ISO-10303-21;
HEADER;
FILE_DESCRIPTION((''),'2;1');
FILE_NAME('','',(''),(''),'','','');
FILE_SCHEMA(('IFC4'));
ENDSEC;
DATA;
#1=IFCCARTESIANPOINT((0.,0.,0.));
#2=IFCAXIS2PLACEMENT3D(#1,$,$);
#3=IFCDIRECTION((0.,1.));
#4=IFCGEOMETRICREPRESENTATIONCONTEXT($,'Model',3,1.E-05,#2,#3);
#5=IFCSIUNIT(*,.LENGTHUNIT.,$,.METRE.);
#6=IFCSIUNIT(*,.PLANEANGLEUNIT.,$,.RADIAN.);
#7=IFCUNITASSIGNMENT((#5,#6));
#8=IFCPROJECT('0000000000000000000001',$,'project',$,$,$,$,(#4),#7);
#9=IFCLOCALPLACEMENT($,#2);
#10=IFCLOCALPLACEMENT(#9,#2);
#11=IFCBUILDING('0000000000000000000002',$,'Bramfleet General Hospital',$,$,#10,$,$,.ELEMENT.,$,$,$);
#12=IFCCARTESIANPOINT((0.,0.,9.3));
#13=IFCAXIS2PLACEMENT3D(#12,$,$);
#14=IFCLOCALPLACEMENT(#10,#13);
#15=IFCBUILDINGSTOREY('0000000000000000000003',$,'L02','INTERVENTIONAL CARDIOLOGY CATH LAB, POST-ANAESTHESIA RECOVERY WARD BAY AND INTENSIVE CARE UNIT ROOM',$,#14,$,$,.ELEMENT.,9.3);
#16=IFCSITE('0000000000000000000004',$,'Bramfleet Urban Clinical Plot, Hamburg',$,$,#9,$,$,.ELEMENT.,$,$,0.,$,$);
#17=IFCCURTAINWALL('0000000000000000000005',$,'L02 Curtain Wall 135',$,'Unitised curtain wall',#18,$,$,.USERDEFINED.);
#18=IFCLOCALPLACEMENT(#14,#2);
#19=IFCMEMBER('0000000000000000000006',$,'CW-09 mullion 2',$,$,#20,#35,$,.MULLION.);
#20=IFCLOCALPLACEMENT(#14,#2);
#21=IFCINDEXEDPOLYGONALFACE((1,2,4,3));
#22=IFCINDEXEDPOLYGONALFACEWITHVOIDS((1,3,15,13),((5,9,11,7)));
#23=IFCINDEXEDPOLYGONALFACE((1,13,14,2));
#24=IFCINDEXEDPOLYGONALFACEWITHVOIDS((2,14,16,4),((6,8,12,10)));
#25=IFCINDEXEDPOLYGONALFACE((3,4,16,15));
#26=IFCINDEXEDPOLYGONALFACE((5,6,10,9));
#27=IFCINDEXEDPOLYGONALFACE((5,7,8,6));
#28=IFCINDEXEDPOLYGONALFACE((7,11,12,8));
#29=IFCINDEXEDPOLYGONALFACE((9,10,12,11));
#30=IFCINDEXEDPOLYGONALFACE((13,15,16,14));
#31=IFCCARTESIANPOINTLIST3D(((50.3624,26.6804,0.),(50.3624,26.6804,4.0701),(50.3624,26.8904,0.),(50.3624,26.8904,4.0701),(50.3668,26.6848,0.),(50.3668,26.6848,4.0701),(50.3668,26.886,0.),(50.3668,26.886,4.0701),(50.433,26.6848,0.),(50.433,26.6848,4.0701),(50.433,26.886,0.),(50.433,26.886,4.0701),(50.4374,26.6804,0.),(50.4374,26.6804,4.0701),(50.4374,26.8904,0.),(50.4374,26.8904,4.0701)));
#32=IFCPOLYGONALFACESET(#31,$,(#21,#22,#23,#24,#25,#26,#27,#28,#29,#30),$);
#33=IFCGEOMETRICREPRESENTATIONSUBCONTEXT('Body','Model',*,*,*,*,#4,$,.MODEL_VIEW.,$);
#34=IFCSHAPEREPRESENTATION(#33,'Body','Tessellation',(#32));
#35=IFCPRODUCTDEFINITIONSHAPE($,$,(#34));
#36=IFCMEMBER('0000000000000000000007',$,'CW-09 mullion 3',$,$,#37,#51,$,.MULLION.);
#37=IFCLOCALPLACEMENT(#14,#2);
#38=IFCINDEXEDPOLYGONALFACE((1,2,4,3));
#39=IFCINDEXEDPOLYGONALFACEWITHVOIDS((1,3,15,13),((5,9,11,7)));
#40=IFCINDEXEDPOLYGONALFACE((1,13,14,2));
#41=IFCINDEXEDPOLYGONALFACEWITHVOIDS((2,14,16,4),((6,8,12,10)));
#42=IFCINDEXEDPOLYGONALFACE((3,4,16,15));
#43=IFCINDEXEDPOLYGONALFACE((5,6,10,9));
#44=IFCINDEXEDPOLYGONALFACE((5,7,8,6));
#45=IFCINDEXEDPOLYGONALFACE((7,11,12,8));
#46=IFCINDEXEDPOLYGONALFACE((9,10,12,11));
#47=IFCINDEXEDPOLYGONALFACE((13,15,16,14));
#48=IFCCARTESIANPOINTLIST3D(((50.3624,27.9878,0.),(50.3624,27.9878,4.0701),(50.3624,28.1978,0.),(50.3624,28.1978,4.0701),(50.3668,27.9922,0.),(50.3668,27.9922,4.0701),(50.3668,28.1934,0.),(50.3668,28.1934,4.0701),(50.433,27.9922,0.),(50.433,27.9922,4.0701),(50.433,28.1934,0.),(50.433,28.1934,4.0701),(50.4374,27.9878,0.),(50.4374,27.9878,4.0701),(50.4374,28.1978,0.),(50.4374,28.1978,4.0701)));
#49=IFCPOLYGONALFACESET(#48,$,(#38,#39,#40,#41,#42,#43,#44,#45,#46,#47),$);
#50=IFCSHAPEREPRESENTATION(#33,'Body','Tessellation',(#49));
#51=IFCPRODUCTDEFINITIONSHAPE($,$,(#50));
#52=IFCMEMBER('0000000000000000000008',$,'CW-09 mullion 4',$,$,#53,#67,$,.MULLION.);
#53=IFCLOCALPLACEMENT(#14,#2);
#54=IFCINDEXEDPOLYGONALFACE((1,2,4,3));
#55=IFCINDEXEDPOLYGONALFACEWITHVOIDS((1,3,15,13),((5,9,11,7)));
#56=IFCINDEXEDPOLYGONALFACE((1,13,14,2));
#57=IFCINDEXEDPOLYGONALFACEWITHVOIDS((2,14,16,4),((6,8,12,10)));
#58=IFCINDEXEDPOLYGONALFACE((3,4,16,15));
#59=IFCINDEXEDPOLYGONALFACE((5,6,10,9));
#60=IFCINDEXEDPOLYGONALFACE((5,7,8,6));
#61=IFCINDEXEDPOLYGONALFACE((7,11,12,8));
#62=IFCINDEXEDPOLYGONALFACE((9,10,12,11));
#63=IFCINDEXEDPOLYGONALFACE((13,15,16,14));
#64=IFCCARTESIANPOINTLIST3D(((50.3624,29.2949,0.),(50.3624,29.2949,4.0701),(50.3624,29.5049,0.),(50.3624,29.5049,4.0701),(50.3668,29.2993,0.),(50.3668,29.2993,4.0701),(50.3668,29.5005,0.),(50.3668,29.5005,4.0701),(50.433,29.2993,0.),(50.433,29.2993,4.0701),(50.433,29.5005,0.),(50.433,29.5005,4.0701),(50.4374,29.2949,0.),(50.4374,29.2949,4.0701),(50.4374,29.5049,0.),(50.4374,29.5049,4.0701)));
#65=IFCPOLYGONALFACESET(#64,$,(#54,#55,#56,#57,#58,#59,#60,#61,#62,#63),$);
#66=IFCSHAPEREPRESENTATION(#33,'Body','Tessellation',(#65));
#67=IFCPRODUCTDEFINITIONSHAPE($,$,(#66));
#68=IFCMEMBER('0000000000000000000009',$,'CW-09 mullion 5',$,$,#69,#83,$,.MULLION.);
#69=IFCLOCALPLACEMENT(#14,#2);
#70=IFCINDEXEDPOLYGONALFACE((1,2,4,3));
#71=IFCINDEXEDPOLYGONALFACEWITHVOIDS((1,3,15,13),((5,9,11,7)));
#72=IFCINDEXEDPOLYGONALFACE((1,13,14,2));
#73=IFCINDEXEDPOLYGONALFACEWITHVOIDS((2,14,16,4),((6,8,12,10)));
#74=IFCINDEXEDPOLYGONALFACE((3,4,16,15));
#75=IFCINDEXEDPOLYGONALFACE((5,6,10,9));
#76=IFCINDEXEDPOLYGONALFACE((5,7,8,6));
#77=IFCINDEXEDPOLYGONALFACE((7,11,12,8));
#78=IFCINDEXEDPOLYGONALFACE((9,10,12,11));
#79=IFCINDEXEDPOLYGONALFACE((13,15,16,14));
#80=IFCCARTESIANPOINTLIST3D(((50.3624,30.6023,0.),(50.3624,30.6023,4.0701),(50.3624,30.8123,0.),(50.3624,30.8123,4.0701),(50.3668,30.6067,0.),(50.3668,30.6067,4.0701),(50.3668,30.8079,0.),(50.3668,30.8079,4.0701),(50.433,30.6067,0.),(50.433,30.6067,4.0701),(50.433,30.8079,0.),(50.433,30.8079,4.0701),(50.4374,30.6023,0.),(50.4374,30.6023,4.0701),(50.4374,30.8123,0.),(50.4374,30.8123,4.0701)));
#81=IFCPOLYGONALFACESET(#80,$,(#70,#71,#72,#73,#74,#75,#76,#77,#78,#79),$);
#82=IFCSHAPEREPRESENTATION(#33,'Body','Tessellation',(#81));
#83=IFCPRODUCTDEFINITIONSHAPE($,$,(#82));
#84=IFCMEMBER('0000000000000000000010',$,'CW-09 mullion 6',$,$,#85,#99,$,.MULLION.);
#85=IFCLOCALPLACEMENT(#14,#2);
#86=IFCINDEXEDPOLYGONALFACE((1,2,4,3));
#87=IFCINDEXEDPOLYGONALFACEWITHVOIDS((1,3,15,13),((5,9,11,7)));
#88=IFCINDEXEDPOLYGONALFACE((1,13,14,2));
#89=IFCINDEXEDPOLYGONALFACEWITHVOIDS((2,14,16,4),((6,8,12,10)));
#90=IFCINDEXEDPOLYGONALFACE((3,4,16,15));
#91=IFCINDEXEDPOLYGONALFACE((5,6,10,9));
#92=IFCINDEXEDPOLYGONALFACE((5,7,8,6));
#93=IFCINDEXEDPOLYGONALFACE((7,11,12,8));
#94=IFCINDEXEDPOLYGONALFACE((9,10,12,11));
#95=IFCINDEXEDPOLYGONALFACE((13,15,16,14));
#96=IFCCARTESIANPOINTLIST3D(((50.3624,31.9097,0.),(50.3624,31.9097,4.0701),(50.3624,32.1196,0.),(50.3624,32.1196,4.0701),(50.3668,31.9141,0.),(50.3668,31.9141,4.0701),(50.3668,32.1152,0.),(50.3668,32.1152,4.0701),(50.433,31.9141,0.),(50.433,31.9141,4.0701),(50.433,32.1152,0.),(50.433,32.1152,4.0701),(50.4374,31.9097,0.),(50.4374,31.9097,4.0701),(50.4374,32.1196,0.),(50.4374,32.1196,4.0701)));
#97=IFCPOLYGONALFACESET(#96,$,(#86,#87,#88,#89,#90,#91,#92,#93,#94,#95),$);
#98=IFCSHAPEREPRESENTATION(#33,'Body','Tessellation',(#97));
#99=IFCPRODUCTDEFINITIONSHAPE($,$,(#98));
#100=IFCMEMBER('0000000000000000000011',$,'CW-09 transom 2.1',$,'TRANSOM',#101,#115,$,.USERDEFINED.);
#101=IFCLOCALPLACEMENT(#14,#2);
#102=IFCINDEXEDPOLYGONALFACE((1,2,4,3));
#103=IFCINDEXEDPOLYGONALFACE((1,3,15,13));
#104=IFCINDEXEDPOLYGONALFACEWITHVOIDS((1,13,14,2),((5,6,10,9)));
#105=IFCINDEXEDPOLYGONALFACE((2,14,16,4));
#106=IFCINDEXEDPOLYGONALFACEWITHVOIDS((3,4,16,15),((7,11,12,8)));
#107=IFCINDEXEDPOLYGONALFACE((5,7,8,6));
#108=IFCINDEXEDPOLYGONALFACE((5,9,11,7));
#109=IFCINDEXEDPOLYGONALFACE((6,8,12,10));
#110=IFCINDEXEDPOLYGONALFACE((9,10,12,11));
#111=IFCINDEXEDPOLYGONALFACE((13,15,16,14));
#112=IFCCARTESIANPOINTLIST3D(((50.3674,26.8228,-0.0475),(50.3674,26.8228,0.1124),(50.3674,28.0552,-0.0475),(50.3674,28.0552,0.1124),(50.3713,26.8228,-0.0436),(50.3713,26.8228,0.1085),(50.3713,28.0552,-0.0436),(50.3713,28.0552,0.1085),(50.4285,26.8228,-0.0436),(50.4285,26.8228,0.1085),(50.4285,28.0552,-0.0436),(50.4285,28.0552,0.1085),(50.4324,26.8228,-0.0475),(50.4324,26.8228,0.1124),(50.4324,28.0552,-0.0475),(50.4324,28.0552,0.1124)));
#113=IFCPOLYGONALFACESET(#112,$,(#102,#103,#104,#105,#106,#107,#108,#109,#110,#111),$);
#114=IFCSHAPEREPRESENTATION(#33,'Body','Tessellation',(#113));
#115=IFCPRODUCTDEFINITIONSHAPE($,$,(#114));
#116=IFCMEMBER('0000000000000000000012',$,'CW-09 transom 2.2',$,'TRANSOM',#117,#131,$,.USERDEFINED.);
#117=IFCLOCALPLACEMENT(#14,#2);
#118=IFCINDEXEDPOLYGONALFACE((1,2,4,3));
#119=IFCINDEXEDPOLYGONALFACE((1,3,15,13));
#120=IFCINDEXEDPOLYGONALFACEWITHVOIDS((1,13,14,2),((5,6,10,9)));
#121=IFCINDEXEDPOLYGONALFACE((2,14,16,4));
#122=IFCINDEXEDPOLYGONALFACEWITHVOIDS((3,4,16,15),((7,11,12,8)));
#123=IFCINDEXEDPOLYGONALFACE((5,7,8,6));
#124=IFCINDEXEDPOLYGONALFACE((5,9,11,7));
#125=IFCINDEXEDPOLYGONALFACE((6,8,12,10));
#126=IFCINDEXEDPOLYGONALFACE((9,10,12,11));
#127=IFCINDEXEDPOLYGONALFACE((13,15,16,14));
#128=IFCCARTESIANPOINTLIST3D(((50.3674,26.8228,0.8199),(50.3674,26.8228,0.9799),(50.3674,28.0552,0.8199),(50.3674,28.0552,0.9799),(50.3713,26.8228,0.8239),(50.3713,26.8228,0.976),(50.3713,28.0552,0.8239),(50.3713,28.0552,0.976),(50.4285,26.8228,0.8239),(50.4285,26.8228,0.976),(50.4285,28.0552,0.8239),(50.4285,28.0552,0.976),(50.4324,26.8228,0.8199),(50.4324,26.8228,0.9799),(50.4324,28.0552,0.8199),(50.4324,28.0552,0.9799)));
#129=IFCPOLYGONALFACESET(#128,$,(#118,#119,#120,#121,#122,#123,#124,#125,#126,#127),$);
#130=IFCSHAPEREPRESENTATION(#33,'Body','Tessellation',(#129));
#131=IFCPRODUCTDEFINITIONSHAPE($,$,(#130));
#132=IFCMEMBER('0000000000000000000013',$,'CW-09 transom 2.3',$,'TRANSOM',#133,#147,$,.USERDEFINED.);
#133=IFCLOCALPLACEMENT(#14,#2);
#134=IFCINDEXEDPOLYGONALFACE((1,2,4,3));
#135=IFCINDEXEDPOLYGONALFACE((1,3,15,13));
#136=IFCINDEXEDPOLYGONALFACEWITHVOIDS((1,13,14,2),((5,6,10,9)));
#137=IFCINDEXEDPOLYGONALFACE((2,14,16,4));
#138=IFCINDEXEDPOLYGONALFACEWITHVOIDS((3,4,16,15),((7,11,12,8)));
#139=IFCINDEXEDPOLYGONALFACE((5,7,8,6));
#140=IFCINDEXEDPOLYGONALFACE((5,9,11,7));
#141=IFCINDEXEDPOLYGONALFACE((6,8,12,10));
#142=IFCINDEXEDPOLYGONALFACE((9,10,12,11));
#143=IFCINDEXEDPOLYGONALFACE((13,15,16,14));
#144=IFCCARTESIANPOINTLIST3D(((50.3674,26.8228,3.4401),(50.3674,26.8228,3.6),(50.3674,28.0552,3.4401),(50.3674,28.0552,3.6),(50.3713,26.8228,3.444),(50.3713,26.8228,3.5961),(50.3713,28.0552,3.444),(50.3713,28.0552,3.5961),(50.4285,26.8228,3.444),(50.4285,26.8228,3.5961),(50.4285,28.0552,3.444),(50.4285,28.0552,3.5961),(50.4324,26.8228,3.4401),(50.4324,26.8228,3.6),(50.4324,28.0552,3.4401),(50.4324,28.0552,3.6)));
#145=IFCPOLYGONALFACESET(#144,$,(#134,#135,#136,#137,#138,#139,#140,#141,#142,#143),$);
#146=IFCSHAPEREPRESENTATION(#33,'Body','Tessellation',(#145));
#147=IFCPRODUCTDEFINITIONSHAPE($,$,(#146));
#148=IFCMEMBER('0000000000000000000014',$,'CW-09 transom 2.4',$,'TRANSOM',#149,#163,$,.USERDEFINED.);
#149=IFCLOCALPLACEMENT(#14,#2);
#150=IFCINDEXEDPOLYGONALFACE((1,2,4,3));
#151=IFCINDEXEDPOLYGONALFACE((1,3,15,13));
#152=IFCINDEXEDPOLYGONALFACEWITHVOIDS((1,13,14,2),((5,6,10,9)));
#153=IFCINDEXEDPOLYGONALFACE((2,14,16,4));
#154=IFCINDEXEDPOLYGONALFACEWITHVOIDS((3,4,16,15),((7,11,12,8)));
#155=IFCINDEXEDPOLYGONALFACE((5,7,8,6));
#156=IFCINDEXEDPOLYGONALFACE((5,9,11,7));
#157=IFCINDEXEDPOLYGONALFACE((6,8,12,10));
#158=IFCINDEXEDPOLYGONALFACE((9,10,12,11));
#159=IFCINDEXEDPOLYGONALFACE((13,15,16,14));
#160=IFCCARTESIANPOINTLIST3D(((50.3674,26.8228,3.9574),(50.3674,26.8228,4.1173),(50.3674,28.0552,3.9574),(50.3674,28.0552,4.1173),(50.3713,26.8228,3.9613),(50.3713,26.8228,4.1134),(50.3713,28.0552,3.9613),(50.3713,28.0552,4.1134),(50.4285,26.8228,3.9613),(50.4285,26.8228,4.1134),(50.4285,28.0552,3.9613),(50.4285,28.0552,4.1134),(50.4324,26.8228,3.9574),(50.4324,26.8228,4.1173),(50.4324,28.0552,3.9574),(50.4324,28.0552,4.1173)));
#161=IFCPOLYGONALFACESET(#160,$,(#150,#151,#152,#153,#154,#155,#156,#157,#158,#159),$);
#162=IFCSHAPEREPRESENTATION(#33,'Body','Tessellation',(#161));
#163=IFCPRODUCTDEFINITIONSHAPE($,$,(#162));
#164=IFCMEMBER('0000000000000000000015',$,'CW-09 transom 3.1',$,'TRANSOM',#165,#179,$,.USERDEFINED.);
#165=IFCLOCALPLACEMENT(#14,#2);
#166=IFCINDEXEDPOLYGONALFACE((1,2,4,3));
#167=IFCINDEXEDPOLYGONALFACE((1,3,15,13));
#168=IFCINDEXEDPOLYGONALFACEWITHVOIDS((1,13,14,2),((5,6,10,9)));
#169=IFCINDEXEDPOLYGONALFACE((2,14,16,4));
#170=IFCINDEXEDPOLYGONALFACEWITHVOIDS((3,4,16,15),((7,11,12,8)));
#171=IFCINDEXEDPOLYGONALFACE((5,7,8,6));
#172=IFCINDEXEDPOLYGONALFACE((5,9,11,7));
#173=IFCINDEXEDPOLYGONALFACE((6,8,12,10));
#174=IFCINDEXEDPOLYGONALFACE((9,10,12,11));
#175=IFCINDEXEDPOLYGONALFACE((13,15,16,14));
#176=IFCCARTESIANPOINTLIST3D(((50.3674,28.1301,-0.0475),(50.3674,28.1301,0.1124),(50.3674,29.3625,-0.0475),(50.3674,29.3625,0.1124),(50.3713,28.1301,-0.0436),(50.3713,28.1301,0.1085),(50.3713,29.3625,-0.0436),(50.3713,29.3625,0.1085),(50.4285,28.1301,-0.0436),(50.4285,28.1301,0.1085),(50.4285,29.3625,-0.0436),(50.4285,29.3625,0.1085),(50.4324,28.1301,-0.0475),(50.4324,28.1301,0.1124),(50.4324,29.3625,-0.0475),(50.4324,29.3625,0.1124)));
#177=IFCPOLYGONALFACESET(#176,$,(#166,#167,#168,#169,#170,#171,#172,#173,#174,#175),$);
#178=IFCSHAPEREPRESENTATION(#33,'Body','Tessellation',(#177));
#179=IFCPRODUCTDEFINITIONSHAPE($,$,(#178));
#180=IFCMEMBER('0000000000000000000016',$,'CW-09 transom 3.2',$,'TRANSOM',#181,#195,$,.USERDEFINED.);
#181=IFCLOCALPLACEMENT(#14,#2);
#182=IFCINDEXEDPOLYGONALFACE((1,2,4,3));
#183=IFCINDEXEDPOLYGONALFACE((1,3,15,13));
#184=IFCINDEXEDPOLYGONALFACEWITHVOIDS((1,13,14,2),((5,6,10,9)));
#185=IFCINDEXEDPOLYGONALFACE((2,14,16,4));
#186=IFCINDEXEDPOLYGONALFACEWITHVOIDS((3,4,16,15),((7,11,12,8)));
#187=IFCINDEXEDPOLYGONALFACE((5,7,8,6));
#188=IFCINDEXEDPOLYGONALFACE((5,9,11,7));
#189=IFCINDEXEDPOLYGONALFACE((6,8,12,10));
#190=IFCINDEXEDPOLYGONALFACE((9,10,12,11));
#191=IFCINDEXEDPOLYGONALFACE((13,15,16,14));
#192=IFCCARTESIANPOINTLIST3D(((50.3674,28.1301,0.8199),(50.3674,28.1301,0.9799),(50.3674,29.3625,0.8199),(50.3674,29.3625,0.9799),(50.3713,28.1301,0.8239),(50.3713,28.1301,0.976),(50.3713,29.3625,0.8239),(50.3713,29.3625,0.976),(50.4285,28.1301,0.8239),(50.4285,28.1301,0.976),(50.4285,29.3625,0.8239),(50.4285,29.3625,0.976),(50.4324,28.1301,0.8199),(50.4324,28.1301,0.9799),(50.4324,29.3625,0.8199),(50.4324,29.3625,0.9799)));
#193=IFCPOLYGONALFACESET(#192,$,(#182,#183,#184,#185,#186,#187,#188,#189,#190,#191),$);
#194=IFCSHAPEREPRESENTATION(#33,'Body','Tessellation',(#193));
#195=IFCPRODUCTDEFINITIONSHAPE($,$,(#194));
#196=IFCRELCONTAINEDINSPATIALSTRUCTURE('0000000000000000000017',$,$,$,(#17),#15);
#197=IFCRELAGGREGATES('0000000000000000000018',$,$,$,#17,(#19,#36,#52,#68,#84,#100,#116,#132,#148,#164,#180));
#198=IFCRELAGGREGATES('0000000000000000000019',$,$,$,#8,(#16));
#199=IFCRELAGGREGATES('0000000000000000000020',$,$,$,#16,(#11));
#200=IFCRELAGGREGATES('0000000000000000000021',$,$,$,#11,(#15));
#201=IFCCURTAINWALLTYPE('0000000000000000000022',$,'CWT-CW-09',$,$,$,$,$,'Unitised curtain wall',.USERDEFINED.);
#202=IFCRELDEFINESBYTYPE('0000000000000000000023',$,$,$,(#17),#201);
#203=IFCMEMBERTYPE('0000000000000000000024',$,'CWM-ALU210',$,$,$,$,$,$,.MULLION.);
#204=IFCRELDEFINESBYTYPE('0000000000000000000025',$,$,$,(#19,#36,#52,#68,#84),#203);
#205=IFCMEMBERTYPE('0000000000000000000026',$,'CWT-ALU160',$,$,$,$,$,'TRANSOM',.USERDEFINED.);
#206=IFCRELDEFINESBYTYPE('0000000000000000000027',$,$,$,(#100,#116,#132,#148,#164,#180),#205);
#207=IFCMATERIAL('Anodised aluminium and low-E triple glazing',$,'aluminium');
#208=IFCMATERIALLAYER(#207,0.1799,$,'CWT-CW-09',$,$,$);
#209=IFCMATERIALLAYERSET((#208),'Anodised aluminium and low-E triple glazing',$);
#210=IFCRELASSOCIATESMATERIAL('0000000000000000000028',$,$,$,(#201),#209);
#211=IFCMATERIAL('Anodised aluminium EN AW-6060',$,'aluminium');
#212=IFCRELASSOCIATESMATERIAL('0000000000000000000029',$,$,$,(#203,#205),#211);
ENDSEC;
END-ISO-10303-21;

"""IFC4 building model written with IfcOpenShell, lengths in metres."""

from ifc_helpers import new_model, si_unit, direction, frame, origin, origin_2d, place, context, subcontext, project, spatial, hollow_rectangle, extrude, material, layer, layer_set, material_profile, profile_set, type_object, element, aggregate, save


model = new_model("IFC4")

# Units and contexts
model_context = context("Model", 3, precision=1e-05, world=origin(), true_north=direction((0.0, 1.0)))
body_context = subcontext(model_context, "Body", "Model", "MODEL_VIEW")
ifc_project = project(units=[si_unit("LENGTHUNIT", "METRE"), si_unit("PLANEANGLEUNIT", "RADIAN")], contexts=[model_context])

# Site, building, storey
site_placement = place(None, origin())
site = spatial("IfcSite", under=ifc_project, at=site_placement, Name="Bramfleet Urban Clinical Plot, Hamburg", CompositionType="ELEMENT", RefElevation=0.0)
building_placement = place(site_placement, origin())
building = spatial("IfcBuilding", under=site, at=building_placement, Name="Bramfleet General Hospital", CompositionType="ELEMENT")
storey_placement = place(building_placement, frame((0.0, 0.0, 9.3)))
storey = spatial("IfcBuildingStorey", under=building, at=storey_placement, Name="L02", Description="INTERVENTIONAL CARDIOLOGY CATH LAB, POST-ANAESTHESIA RECOVERY WARD BAY AND INTENSIVE CARE UNIT ROOM", CompositionType="ELEMENT", Elevation=9.3)

# Curtain wall, members
ifc_material_1 = material(Name="Anodised aluminium and low-E triple glazing", Category="aluminium")
ifc_layer_1 = layer(ifc_material_1, 0.1799, Name="CWT-CW-09")
ifc_layer_set_1 = layer_set([ifc_layer_1], Name="Anodised aluminium and low-E triple glazing")
curtain_wall_type = type_object("IfcCurtainWallType", Name="CWT-CW-09", ElementType="Unitised curtain wall", PredefinedType="USERDEFINED", material=ifc_layer_set_1)
curtain_wall_placement = place(storey_placement, origin())
curtain_wall = element("IfcCurtainWall", 1, at=curtain_wall_placement, inside=storey, type_object=curtain_wall_type, Name="L02 Curtain Wall 135", ObjectType="Unitised curtain wall", PredefinedType="USERDEFINED")
ifc_material_2 = material(Name="Anodised aluminium EN AW-6060", Category="aluminium")
ifc_material_profile_1 = material_profile(ifc_material_2, hollow_rectangle(XDim=0.075, YDim=0.21, WallThickness=0.0044, at=origin_2d()), Name="ALU 210x75x4.5")
ifc_profile_set_1 = profile_set([ifc_material_profile_1], Name="Anodised aluminium EN AW-6060")
member_type_1 = type_object("IfcMemberType", Name="CWM-ALU210", PredefinedType="MULLION", material=ifc_profile_set_1)
member_1_placement = place(storey_placement, frame((50.3999, 26.7854, 0.0), z_axis=(0.0, 0.0, 1.0), x_axis=(-1.0, 0.0, 0.0)))
member_1 = element("IfcMember", 2, at=member_1_placement, type_object=member_type_1, Name="CW-09 mullion 2", PredefinedType="MULLION", context=body_context, shape_type="SweptSolid", body=[
    extrude(hollow_rectangle(XDim=0.075, YDim=0.21, WallThickness=0.0044, at=origin_2d()), origin(), (0.0, 0.0, 1.0), 4.0701),
])
member_2_placement = place(storey_placement, frame((50.3999, 28.0928, 0.0), z_axis=(0.0, 0.0, 1.0), x_axis=(-1.0, 0.0, 0.0)))
member_2 = element("IfcMember", 3, at=member_2_placement, type_object=member_type_1, Name="CW-09 mullion 3", PredefinedType="MULLION", context=body_context, shape_type="SweptSolid", body=[
    extrude(hollow_rectangle(XDim=0.075, YDim=0.21, WallThickness=0.0044, at=origin_2d()), origin(), (0.0, 0.0, 1.0), 4.0701),
])
member_3_placement = place(storey_placement, frame((50.3999, 29.3999, 0.0), z_axis=(0.0, 0.0, 1.0), x_axis=(-1.0, 0.0, 0.0)))
member_3 = element("IfcMember", 4, at=member_3_placement, type_object=member_type_1, Name="CW-09 mullion 4", PredefinedType="MULLION", context=body_context, shape_type="SweptSolid", body=[
    extrude(hollow_rectangle(XDim=0.075, YDim=0.21, WallThickness=0.0044, at=origin_2d()), origin(), (0.0, 0.0, 1.0), 4.0701),
])
member_4_placement = place(storey_placement, frame((50.3999, 30.7073, 0.0), z_axis=(0.0, 0.0, 1.0), x_axis=(-1.0, 0.0, 0.0)))
member_4 = element("IfcMember", 5, at=member_4_placement, type_object=member_type_1, Name="CW-09 mullion 5", PredefinedType="MULLION", context=body_context, shape_type="SweptSolid", body=[
    extrude(hollow_rectangle(XDim=0.075, YDim=0.21, WallThickness=0.0044, at=origin_2d()), origin(), (0.0, 0.0, 1.0), 4.0701),
])
member_5_placement = place(storey_placement, frame((50.3999, 32.0146, 0.0), z_axis=(0.0, 0.0, 1.0), x_axis=(-1.0, 0.0, 0.0)))
member_5 = element("IfcMember", 6, at=member_5_placement, type_object=member_type_1, Name="CW-09 mullion 6", PredefinedType="MULLION", context=body_context, shape_type="SweptSolid", body=[
    extrude(hollow_rectangle(XDim=0.075, YDim=0.21, WallThickness=0.0044, at=origin_2d()), origin(), (0.0, 0.0, 1.0), 4.0701),
])
ifc_material_profile_2 = material_profile(ifc_material_2, hollow_rectangle(XDim=0.0649, YDim=0.1599, WallThickness=0.0039, at=origin_2d()), Name="ALU 160x65x4.0")
ifc_profile_set_2 = profile_set([ifc_material_profile_2], Name="Anodised aluminium EN AW-6060")
member_type_2 = type_object("IfcMemberType", Name="CWT-ALU160", ElementType="TRANSOM", PredefinedType="USERDEFINED", material=ifc_profile_set_2)
member_6_placement = place(storey_placement, frame((50.3999, 26.8228, 0.0325), z_axis=(0.0, 1.0, 0.0), x_axis=(-1.0, 0.0, 0.0)))
member_6 = element("IfcMember", 7, at=member_6_placement, type_object=member_type_2, Name="CW-09 transom 2.1", ObjectType="TRANSOM", PredefinedType="USERDEFINED", context=body_context, shape_type="SweptSolid", body=[
    extrude(hollow_rectangle(XDim=0.0649, YDim=0.1599, WallThickness=0.0039, at=origin_2d()), origin(), (0.0, 0.0, 1.0), 1.2324),
])
member_7_placement = place(storey_placement, frame((50.3999, 26.8228, 0.8999), z_axis=(0.0, 1.0, 0.0), x_axis=(-1.0, 0.0, 0.0)))
member_7 = element("IfcMember", 8, at=member_7_placement, type_object=member_type_2, Name="CW-09 transom 2.2", ObjectType="TRANSOM", PredefinedType="USERDEFINED", context=body_context, shape_type="SweptSolid", body=[
    extrude(hollow_rectangle(XDim=0.0649, YDim=0.1599, WallThickness=0.0039, at=origin_2d()), origin(), (0.0, 0.0, 1.0), 1.2324),
])
member_8_placement = place(storey_placement, frame((50.3999, 26.8228, 3.52), z_axis=(0.0, 1.0, 0.0), x_axis=(-1.0, 0.0, 0.0)))
member_8 = element("IfcMember", 9, at=member_8_placement, type_object=member_type_2, Name="CW-09 transom 2.3", ObjectType="TRANSOM", PredefinedType="USERDEFINED", context=body_context, shape_type="SweptSolid", body=[
    extrude(hollow_rectangle(XDim=0.0649, YDim=0.1599, WallThickness=0.0039, at=origin_2d()), origin(), (0.0, 0.0, 1.0), 1.2324),
])
member_9_placement = place(storey_placement, frame((50.3999, 26.8228, 4.0374), z_axis=(0.0, 1.0, 0.0), x_axis=(-1.0, 0.0, 0.0)))
member_9 = element("IfcMember", 10, at=member_9_placement, type_object=member_type_2, Name="CW-09 transom 2.4", ObjectType="TRANSOM", PredefinedType="USERDEFINED", context=body_context, shape_type="SweptSolid", body=[
    extrude(hollow_rectangle(XDim=0.0649, YDim=0.1599, WallThickness=0.0039, at=origin_2d()), origin(), (0.0, 0.0, 1.0), 1.2324),
])
member_10_placement = place(storey_placement, frame((50.3999, 28.1301, 0.0325), z_axis=(0.0, 1.0, 0.0), x_axis=(-1.0, 0.0, 0.0)))
member_10 = element("IfcMember", 11, at=member_10_placement, type_object=member_type_2, Name="CW-09 transom 3.1", ObjectType="TRANSOM", PredefinedType="USERDEFINED", context=body_context, shape_type="SweptSolid", body=[
    extrude(hollow_rectangle(XDim=0.0649, YDim=0.1599, WallThickness=0.0039, at=origin_2d()), origin(), (0.0, 0.0, 1.0), 1.2324),
])
member_11_placement = place(storey_placement, frame((50.3999, 28.1301, 0.8999), z_axis=(0.0, 1.0, 0.0), x_axis=(-1.0, 0.0, 0.0)))
member_11 = element("IfcMember", 12, at=member_11_placement, type_object=member_type_2, Name="CW-09 transom 3.2", ObjectType="TRANSOM", PredefinedType="USERDEFINED", context=body_context, shape_type="SweptSolid", body=[
    extrude(hollow_rectangle(XDim=0.0649, YDim=0.1599, WallThickness=0.0039, at=origin_2d()), origin(), (0.0, 0.0, 1.0), 1.2324),
])
aggregate(curtain_wall, [member_1, member_2, member_3, member_4, member_5, member_6, member_7, member_8, member_9, member_10, member_11])

save(model, "model.ifc")
